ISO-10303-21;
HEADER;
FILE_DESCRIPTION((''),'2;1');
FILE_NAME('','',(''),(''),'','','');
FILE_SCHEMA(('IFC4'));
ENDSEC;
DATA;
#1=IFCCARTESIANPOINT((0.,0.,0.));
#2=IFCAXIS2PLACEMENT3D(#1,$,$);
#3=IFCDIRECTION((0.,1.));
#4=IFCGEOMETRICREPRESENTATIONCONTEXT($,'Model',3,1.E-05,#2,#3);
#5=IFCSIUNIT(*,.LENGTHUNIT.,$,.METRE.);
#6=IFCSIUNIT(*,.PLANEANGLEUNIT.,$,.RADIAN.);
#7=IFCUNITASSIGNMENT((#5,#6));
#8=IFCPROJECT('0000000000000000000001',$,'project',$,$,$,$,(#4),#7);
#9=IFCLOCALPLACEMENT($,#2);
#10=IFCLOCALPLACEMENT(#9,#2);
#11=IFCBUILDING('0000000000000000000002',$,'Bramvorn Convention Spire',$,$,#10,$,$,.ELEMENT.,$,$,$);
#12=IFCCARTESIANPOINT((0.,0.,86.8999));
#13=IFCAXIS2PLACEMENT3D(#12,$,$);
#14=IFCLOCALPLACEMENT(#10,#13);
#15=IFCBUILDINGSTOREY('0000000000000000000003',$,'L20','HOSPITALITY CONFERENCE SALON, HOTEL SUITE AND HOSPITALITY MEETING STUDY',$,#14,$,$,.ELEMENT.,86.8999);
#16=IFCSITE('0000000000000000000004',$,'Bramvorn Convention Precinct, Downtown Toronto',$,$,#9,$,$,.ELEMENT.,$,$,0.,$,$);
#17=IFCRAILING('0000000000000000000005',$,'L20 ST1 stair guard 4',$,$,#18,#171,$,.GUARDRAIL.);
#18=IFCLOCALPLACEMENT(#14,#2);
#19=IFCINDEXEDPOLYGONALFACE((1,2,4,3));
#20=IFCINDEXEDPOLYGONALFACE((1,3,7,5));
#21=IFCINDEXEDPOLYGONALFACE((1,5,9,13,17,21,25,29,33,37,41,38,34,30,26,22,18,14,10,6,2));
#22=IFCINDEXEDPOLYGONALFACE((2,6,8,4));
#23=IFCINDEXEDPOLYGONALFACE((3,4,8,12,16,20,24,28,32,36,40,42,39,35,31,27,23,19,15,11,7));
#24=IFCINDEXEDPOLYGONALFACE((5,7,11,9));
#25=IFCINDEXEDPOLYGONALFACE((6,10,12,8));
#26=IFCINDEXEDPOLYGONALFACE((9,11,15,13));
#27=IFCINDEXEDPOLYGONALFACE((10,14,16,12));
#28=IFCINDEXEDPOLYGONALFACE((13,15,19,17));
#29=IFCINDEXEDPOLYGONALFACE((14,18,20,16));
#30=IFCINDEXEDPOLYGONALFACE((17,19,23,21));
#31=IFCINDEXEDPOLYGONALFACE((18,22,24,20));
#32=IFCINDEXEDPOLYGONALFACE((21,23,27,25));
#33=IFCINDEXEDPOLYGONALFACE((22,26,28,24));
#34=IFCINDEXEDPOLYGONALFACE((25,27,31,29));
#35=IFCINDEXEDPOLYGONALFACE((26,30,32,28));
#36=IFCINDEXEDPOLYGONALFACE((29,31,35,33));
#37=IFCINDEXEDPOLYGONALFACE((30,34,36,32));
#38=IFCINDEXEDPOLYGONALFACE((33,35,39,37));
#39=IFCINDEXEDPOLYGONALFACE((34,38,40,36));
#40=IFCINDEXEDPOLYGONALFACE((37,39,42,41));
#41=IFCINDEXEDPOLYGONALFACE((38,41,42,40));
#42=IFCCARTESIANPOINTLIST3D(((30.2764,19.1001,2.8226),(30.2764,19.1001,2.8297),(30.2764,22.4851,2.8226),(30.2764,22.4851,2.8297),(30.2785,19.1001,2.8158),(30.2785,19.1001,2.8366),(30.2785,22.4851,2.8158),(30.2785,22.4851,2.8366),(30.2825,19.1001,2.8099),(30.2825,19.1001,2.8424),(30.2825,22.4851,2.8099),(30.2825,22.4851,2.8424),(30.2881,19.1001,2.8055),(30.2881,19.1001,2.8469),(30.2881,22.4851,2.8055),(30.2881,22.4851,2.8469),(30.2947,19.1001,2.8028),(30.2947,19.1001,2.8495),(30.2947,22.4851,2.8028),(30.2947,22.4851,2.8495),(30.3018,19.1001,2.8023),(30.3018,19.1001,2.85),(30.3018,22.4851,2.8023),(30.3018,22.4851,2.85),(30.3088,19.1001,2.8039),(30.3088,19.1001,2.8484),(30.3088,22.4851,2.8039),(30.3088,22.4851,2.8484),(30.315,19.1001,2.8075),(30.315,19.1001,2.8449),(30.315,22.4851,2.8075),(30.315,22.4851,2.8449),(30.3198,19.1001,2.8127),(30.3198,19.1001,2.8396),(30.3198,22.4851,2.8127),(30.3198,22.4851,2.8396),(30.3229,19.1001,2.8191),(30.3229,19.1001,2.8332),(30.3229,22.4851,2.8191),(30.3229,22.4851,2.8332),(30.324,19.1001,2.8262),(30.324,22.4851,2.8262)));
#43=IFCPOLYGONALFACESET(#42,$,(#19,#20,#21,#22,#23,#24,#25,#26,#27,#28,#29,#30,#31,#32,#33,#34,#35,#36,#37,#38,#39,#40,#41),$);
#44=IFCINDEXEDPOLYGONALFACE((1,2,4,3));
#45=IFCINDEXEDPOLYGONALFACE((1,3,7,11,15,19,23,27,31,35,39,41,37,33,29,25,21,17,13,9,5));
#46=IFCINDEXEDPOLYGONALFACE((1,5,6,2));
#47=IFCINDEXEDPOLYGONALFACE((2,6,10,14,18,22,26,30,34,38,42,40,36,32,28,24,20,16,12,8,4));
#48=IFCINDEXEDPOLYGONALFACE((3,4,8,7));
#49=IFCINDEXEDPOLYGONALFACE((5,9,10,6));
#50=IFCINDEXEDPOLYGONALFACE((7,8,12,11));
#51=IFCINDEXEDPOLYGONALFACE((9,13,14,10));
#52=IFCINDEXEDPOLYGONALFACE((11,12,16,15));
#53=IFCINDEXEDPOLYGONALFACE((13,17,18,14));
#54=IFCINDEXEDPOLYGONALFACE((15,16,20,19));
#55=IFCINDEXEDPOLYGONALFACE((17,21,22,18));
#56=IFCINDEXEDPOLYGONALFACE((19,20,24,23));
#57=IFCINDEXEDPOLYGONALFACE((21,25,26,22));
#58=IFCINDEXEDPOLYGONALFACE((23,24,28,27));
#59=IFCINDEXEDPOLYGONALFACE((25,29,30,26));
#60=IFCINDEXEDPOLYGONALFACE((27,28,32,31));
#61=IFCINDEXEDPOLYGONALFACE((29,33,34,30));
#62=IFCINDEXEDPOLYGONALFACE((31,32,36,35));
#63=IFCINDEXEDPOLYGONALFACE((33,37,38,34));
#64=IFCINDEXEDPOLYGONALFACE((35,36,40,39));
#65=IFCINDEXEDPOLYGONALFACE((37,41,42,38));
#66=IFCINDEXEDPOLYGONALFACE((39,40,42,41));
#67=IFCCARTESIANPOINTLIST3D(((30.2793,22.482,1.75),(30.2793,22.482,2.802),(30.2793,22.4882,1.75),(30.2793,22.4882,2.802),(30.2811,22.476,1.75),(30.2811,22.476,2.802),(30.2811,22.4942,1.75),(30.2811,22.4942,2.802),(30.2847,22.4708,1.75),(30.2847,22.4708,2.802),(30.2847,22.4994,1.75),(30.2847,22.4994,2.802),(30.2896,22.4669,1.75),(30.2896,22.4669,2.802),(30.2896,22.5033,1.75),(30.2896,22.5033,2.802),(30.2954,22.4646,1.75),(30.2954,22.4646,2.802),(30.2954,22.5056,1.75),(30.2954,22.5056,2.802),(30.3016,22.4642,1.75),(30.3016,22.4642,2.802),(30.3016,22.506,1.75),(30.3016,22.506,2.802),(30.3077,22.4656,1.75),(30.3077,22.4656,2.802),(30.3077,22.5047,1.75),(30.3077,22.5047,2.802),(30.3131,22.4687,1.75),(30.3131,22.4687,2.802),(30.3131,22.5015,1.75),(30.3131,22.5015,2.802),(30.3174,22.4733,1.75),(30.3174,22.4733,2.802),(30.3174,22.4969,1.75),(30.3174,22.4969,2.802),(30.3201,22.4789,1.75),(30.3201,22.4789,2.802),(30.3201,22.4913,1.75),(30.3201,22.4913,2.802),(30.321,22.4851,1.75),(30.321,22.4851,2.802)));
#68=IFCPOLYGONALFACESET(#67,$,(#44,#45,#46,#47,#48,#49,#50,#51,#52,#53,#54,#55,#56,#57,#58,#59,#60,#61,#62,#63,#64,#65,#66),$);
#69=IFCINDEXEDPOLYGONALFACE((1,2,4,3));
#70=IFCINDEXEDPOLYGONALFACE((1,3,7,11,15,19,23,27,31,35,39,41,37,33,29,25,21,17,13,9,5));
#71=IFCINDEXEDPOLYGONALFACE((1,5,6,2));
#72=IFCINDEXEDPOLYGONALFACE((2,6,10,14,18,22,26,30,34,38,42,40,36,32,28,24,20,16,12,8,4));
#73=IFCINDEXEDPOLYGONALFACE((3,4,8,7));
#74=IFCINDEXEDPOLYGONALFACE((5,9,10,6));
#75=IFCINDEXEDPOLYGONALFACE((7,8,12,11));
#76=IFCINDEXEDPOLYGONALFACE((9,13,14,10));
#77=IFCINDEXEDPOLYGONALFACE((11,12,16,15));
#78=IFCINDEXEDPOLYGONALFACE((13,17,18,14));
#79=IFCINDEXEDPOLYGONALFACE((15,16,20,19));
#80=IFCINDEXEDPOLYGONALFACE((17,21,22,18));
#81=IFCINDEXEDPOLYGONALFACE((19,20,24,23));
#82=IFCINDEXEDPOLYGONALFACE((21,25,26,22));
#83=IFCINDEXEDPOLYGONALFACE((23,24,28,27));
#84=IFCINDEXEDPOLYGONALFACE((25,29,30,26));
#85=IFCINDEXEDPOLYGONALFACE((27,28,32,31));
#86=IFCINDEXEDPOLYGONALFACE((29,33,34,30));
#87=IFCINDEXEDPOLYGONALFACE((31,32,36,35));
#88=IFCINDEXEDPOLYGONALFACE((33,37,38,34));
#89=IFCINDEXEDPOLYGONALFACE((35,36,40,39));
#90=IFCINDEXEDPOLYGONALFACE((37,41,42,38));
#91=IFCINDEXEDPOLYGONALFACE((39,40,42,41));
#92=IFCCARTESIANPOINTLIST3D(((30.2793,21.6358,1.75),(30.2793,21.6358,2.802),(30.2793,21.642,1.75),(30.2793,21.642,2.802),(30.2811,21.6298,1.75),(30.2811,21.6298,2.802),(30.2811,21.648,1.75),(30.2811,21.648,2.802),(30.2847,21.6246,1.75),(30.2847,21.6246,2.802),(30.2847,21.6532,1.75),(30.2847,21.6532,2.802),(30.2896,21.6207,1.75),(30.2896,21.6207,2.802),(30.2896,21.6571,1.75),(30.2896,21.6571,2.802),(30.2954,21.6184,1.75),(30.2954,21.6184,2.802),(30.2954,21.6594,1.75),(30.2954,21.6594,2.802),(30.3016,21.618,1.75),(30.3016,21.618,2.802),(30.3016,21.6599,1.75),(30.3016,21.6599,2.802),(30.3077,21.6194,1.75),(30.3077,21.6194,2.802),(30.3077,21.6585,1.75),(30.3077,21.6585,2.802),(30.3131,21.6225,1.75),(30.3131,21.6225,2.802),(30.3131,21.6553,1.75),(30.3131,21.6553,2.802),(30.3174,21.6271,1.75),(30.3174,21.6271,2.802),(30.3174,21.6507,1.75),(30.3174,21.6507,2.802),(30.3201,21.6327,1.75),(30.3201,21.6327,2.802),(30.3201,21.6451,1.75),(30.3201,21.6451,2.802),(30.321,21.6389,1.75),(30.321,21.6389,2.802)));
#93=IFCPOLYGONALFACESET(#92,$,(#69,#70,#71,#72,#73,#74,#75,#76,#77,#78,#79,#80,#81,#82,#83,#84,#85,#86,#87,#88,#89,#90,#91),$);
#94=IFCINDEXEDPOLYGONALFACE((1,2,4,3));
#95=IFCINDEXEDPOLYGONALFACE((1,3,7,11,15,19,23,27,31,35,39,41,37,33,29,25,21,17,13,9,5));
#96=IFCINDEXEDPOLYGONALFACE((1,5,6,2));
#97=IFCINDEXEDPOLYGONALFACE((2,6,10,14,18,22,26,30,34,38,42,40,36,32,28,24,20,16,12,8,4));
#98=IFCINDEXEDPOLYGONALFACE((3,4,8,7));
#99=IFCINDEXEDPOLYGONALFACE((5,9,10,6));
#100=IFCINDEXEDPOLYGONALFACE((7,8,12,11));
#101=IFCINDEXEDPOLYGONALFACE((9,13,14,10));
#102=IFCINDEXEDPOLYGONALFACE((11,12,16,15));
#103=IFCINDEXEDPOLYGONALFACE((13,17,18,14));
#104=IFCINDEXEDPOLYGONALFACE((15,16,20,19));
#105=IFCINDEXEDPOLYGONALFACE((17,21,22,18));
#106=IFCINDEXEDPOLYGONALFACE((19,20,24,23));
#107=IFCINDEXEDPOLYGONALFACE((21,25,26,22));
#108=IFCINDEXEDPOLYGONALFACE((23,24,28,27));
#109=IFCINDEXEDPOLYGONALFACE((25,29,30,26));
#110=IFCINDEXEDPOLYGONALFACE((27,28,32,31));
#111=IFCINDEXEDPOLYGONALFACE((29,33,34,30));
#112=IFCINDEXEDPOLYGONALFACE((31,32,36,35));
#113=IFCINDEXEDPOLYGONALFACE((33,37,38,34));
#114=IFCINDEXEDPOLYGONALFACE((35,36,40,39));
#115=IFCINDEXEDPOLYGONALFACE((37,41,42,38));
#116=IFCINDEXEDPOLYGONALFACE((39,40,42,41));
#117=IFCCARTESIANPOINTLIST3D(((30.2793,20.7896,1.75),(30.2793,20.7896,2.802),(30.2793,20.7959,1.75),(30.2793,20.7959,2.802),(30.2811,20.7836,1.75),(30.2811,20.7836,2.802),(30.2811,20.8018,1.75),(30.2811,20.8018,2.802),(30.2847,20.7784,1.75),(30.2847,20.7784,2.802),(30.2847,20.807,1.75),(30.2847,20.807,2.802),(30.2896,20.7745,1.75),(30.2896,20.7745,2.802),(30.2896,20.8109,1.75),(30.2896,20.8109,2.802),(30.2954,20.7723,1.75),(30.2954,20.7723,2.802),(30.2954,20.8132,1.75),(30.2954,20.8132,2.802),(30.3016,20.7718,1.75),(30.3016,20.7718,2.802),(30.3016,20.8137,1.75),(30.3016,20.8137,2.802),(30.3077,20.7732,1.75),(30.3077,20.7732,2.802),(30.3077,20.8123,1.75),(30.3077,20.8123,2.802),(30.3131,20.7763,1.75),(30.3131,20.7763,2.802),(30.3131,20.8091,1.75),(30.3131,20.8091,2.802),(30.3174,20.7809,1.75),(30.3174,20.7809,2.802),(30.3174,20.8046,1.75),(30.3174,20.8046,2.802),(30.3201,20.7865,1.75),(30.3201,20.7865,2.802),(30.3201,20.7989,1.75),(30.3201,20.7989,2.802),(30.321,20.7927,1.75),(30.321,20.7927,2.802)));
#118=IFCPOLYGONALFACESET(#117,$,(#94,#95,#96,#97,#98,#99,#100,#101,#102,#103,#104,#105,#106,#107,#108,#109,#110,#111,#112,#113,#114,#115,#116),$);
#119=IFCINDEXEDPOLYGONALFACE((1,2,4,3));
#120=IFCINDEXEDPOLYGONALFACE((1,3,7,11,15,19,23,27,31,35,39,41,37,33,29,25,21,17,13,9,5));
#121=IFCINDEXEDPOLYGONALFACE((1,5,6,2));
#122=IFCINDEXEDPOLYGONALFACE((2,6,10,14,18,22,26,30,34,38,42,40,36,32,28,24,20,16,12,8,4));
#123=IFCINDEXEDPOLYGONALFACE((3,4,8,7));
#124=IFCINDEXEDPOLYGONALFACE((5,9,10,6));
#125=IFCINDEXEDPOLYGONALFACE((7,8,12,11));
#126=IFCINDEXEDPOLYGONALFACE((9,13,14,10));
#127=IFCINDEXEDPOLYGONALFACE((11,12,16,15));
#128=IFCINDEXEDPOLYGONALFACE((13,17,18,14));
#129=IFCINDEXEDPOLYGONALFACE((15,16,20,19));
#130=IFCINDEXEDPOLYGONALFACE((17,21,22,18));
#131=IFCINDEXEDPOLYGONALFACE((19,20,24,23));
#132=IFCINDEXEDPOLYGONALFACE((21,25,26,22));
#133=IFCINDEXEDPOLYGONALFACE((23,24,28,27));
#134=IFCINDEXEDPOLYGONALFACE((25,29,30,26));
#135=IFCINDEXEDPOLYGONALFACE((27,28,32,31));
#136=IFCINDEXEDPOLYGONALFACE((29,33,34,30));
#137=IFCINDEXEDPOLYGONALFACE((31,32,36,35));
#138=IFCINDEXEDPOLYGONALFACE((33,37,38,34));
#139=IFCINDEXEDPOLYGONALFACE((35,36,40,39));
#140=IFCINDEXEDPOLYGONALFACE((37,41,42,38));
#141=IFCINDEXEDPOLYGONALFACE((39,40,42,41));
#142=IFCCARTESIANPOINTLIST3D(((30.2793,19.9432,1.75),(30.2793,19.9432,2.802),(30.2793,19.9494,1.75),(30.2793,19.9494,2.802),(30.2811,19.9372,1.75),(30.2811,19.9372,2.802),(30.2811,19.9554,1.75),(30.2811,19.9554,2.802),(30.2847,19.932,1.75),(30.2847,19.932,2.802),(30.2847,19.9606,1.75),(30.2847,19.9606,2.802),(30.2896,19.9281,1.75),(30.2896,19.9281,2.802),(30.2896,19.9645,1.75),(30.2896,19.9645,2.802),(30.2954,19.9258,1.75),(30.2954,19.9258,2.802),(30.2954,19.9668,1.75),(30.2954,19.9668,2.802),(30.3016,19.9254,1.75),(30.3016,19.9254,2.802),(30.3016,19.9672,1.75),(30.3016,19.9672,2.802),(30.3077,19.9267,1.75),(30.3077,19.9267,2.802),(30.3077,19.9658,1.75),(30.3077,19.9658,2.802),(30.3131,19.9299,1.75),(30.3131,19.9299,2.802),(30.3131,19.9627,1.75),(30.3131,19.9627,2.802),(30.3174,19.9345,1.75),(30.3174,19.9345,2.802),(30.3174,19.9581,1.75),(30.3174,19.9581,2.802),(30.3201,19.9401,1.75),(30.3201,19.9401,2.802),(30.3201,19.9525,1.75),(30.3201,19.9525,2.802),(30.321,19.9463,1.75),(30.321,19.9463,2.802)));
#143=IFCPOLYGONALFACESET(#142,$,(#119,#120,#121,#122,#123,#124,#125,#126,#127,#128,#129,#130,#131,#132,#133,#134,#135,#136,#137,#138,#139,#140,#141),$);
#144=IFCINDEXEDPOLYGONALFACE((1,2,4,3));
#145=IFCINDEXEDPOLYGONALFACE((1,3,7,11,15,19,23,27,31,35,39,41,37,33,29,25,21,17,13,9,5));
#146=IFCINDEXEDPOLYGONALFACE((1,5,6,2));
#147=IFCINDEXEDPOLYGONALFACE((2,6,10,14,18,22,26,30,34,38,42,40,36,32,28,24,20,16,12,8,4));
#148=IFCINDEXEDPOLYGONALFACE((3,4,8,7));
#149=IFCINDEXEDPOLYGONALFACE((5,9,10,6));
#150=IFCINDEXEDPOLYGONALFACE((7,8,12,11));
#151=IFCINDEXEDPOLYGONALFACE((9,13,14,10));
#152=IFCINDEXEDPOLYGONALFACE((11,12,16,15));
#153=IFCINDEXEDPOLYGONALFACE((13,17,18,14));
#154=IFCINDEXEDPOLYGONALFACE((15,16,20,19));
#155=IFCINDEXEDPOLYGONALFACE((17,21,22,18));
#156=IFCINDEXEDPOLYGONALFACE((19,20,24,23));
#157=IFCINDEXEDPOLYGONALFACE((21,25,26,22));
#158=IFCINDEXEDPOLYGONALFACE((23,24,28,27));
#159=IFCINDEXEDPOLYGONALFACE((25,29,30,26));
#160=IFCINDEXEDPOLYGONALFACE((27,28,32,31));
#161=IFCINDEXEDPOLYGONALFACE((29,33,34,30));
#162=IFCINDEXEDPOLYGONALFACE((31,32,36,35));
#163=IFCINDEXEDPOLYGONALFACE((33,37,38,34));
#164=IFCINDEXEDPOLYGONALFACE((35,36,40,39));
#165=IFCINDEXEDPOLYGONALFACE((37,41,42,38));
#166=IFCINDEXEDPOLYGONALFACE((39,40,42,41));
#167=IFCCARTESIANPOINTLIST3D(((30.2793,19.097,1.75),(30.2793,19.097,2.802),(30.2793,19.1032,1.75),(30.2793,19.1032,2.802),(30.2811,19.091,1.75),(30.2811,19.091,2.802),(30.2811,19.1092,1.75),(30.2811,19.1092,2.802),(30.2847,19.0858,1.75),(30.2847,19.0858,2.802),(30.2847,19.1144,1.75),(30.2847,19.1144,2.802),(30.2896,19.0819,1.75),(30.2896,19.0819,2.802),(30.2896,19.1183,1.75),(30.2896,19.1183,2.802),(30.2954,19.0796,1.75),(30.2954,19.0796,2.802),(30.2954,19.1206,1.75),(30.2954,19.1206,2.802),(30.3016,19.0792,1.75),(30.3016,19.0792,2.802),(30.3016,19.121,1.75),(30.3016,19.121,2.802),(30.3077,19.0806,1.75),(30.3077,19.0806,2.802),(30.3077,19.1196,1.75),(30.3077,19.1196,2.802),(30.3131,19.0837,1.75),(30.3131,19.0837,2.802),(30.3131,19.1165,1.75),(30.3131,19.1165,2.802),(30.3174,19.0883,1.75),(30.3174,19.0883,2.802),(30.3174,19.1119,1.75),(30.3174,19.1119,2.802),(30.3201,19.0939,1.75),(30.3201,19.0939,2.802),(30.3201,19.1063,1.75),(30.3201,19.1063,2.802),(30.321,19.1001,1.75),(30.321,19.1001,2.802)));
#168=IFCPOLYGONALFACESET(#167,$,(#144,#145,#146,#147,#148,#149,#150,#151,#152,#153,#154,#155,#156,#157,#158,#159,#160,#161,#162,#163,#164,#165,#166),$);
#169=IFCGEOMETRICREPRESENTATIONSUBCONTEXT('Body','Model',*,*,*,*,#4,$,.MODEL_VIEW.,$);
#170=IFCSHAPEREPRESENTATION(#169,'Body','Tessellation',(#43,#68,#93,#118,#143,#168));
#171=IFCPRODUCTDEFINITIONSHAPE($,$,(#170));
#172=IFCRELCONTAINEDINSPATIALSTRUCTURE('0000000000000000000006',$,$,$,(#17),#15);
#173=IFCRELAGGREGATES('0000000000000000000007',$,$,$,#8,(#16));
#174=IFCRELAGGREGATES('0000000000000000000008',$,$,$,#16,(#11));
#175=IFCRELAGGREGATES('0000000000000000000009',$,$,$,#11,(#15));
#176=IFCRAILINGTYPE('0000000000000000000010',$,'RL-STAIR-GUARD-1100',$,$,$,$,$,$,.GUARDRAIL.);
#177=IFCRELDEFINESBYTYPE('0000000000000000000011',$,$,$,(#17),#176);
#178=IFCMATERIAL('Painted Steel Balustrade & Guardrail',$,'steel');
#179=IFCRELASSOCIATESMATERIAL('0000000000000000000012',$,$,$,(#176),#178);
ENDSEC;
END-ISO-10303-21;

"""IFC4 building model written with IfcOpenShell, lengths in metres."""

from ifc_helpers import new_model, si_unit, direction, frame, origin, origin_2d, place, context, subcontext, project, spatial, circle, extrude, material, type_object, element, save


model = new_model("IFC4")

# Units and contexts
model_context = context("Model", 3, precision=1e-05, world=origin(), true_north=direction((0.0, 1.0)))
body_context = subcontext(model_context, "Body", "Model", "MODEL_VIEW")
ifc_project = project(units=[si_unit("LENGTHUNIT", "METRE"), si_unit("PLANEANGLEUNIT", "RADIAN")], contexts=[model_context])

# Site, building, storey
site_placement = place(None, origin())
site = spatial("IfcSite", under=ifc_project, at=site_placement, Name="Bramvorn Convention Precinct, Downtown Toronto", CompositionType="ELEMENT", RefElevation=0.0)
building_placement = place(site_placement, origin())
building = spatial("IfcBuilding", under=site, at=building_placement, Name="Bramvorn Convention Spire", CompositionType="ELEMENT")
storey_placement = place(building_placement, frame((0.0, 0.0, 86.8999)))
storey = spatial("IfcBuildingStorey", under=building, at=storey_placement, Name="L20", Description="HOSPITALITY CONFERENCE SALON, HOTEL SUITE AND HOSPITALITY MEETING STUDY", CompositionType="ELEMENT", Elevation=86.8999)

# Railing
ifc_material_1 = material(Name="Painted Steel Balustrade & Guardrail", Category="steel")
railing_type_1 = type_object("IfcRailingType", Name="RL-STAIR-GUARD-1100", PredefinedType="GUARDRAIL", material=ifc_material_1)
for number, where, name in (
    (1, (30.3, 22.4851, 1.75), "L20 ST1 stair guard 4"),
):
    element("IfcRailing", number, at=place(storey_placement, frame(where)), inside=storey, type_object=railing_type_1, Name=name, PredefinedType="GUARDRAIL", context=body_context, shape_type="SweptSolid", body=[
        extrude(circle(Radius=0.0239, at=origin_2d()), frame((0.0, 0.0, 1.0762), z_axis=(0.0, -1.0, 0.0), x_axis=(1.0, 0.0, 0.0)), (0.0, 0.0, 1.0), 3.385),
        extrude(circle(Radius=0.021, at=origin_2d()), origin(), (0.0, 0.0, 1.0), 1.052),
        extrude(circle(Radius=0.021, at=origin_2d()), frame((0.0, -0.8462, 0.0)), (0.0, 0.0, 1.0), 1.052),
        extrude(circle(Radius=0.021, at=origin_2d()), frame((0.0, -1.6924, 0.0)), (0.0, 0.0, 1.0), 1.052),
        extrude(circle(Radius=0.021, at=origin_2d()), frame((0.0, -2.5388, 0.0)), (0.0, 0.0, 1.0), 1.052),
        extrude(circle(Radius=0.021, at=origin_2d()), frame((0.0, -3.385, 0.0)), (0.0, 0.0, 1.0), 1.052),
    ])

save(model, "model.ifc")
